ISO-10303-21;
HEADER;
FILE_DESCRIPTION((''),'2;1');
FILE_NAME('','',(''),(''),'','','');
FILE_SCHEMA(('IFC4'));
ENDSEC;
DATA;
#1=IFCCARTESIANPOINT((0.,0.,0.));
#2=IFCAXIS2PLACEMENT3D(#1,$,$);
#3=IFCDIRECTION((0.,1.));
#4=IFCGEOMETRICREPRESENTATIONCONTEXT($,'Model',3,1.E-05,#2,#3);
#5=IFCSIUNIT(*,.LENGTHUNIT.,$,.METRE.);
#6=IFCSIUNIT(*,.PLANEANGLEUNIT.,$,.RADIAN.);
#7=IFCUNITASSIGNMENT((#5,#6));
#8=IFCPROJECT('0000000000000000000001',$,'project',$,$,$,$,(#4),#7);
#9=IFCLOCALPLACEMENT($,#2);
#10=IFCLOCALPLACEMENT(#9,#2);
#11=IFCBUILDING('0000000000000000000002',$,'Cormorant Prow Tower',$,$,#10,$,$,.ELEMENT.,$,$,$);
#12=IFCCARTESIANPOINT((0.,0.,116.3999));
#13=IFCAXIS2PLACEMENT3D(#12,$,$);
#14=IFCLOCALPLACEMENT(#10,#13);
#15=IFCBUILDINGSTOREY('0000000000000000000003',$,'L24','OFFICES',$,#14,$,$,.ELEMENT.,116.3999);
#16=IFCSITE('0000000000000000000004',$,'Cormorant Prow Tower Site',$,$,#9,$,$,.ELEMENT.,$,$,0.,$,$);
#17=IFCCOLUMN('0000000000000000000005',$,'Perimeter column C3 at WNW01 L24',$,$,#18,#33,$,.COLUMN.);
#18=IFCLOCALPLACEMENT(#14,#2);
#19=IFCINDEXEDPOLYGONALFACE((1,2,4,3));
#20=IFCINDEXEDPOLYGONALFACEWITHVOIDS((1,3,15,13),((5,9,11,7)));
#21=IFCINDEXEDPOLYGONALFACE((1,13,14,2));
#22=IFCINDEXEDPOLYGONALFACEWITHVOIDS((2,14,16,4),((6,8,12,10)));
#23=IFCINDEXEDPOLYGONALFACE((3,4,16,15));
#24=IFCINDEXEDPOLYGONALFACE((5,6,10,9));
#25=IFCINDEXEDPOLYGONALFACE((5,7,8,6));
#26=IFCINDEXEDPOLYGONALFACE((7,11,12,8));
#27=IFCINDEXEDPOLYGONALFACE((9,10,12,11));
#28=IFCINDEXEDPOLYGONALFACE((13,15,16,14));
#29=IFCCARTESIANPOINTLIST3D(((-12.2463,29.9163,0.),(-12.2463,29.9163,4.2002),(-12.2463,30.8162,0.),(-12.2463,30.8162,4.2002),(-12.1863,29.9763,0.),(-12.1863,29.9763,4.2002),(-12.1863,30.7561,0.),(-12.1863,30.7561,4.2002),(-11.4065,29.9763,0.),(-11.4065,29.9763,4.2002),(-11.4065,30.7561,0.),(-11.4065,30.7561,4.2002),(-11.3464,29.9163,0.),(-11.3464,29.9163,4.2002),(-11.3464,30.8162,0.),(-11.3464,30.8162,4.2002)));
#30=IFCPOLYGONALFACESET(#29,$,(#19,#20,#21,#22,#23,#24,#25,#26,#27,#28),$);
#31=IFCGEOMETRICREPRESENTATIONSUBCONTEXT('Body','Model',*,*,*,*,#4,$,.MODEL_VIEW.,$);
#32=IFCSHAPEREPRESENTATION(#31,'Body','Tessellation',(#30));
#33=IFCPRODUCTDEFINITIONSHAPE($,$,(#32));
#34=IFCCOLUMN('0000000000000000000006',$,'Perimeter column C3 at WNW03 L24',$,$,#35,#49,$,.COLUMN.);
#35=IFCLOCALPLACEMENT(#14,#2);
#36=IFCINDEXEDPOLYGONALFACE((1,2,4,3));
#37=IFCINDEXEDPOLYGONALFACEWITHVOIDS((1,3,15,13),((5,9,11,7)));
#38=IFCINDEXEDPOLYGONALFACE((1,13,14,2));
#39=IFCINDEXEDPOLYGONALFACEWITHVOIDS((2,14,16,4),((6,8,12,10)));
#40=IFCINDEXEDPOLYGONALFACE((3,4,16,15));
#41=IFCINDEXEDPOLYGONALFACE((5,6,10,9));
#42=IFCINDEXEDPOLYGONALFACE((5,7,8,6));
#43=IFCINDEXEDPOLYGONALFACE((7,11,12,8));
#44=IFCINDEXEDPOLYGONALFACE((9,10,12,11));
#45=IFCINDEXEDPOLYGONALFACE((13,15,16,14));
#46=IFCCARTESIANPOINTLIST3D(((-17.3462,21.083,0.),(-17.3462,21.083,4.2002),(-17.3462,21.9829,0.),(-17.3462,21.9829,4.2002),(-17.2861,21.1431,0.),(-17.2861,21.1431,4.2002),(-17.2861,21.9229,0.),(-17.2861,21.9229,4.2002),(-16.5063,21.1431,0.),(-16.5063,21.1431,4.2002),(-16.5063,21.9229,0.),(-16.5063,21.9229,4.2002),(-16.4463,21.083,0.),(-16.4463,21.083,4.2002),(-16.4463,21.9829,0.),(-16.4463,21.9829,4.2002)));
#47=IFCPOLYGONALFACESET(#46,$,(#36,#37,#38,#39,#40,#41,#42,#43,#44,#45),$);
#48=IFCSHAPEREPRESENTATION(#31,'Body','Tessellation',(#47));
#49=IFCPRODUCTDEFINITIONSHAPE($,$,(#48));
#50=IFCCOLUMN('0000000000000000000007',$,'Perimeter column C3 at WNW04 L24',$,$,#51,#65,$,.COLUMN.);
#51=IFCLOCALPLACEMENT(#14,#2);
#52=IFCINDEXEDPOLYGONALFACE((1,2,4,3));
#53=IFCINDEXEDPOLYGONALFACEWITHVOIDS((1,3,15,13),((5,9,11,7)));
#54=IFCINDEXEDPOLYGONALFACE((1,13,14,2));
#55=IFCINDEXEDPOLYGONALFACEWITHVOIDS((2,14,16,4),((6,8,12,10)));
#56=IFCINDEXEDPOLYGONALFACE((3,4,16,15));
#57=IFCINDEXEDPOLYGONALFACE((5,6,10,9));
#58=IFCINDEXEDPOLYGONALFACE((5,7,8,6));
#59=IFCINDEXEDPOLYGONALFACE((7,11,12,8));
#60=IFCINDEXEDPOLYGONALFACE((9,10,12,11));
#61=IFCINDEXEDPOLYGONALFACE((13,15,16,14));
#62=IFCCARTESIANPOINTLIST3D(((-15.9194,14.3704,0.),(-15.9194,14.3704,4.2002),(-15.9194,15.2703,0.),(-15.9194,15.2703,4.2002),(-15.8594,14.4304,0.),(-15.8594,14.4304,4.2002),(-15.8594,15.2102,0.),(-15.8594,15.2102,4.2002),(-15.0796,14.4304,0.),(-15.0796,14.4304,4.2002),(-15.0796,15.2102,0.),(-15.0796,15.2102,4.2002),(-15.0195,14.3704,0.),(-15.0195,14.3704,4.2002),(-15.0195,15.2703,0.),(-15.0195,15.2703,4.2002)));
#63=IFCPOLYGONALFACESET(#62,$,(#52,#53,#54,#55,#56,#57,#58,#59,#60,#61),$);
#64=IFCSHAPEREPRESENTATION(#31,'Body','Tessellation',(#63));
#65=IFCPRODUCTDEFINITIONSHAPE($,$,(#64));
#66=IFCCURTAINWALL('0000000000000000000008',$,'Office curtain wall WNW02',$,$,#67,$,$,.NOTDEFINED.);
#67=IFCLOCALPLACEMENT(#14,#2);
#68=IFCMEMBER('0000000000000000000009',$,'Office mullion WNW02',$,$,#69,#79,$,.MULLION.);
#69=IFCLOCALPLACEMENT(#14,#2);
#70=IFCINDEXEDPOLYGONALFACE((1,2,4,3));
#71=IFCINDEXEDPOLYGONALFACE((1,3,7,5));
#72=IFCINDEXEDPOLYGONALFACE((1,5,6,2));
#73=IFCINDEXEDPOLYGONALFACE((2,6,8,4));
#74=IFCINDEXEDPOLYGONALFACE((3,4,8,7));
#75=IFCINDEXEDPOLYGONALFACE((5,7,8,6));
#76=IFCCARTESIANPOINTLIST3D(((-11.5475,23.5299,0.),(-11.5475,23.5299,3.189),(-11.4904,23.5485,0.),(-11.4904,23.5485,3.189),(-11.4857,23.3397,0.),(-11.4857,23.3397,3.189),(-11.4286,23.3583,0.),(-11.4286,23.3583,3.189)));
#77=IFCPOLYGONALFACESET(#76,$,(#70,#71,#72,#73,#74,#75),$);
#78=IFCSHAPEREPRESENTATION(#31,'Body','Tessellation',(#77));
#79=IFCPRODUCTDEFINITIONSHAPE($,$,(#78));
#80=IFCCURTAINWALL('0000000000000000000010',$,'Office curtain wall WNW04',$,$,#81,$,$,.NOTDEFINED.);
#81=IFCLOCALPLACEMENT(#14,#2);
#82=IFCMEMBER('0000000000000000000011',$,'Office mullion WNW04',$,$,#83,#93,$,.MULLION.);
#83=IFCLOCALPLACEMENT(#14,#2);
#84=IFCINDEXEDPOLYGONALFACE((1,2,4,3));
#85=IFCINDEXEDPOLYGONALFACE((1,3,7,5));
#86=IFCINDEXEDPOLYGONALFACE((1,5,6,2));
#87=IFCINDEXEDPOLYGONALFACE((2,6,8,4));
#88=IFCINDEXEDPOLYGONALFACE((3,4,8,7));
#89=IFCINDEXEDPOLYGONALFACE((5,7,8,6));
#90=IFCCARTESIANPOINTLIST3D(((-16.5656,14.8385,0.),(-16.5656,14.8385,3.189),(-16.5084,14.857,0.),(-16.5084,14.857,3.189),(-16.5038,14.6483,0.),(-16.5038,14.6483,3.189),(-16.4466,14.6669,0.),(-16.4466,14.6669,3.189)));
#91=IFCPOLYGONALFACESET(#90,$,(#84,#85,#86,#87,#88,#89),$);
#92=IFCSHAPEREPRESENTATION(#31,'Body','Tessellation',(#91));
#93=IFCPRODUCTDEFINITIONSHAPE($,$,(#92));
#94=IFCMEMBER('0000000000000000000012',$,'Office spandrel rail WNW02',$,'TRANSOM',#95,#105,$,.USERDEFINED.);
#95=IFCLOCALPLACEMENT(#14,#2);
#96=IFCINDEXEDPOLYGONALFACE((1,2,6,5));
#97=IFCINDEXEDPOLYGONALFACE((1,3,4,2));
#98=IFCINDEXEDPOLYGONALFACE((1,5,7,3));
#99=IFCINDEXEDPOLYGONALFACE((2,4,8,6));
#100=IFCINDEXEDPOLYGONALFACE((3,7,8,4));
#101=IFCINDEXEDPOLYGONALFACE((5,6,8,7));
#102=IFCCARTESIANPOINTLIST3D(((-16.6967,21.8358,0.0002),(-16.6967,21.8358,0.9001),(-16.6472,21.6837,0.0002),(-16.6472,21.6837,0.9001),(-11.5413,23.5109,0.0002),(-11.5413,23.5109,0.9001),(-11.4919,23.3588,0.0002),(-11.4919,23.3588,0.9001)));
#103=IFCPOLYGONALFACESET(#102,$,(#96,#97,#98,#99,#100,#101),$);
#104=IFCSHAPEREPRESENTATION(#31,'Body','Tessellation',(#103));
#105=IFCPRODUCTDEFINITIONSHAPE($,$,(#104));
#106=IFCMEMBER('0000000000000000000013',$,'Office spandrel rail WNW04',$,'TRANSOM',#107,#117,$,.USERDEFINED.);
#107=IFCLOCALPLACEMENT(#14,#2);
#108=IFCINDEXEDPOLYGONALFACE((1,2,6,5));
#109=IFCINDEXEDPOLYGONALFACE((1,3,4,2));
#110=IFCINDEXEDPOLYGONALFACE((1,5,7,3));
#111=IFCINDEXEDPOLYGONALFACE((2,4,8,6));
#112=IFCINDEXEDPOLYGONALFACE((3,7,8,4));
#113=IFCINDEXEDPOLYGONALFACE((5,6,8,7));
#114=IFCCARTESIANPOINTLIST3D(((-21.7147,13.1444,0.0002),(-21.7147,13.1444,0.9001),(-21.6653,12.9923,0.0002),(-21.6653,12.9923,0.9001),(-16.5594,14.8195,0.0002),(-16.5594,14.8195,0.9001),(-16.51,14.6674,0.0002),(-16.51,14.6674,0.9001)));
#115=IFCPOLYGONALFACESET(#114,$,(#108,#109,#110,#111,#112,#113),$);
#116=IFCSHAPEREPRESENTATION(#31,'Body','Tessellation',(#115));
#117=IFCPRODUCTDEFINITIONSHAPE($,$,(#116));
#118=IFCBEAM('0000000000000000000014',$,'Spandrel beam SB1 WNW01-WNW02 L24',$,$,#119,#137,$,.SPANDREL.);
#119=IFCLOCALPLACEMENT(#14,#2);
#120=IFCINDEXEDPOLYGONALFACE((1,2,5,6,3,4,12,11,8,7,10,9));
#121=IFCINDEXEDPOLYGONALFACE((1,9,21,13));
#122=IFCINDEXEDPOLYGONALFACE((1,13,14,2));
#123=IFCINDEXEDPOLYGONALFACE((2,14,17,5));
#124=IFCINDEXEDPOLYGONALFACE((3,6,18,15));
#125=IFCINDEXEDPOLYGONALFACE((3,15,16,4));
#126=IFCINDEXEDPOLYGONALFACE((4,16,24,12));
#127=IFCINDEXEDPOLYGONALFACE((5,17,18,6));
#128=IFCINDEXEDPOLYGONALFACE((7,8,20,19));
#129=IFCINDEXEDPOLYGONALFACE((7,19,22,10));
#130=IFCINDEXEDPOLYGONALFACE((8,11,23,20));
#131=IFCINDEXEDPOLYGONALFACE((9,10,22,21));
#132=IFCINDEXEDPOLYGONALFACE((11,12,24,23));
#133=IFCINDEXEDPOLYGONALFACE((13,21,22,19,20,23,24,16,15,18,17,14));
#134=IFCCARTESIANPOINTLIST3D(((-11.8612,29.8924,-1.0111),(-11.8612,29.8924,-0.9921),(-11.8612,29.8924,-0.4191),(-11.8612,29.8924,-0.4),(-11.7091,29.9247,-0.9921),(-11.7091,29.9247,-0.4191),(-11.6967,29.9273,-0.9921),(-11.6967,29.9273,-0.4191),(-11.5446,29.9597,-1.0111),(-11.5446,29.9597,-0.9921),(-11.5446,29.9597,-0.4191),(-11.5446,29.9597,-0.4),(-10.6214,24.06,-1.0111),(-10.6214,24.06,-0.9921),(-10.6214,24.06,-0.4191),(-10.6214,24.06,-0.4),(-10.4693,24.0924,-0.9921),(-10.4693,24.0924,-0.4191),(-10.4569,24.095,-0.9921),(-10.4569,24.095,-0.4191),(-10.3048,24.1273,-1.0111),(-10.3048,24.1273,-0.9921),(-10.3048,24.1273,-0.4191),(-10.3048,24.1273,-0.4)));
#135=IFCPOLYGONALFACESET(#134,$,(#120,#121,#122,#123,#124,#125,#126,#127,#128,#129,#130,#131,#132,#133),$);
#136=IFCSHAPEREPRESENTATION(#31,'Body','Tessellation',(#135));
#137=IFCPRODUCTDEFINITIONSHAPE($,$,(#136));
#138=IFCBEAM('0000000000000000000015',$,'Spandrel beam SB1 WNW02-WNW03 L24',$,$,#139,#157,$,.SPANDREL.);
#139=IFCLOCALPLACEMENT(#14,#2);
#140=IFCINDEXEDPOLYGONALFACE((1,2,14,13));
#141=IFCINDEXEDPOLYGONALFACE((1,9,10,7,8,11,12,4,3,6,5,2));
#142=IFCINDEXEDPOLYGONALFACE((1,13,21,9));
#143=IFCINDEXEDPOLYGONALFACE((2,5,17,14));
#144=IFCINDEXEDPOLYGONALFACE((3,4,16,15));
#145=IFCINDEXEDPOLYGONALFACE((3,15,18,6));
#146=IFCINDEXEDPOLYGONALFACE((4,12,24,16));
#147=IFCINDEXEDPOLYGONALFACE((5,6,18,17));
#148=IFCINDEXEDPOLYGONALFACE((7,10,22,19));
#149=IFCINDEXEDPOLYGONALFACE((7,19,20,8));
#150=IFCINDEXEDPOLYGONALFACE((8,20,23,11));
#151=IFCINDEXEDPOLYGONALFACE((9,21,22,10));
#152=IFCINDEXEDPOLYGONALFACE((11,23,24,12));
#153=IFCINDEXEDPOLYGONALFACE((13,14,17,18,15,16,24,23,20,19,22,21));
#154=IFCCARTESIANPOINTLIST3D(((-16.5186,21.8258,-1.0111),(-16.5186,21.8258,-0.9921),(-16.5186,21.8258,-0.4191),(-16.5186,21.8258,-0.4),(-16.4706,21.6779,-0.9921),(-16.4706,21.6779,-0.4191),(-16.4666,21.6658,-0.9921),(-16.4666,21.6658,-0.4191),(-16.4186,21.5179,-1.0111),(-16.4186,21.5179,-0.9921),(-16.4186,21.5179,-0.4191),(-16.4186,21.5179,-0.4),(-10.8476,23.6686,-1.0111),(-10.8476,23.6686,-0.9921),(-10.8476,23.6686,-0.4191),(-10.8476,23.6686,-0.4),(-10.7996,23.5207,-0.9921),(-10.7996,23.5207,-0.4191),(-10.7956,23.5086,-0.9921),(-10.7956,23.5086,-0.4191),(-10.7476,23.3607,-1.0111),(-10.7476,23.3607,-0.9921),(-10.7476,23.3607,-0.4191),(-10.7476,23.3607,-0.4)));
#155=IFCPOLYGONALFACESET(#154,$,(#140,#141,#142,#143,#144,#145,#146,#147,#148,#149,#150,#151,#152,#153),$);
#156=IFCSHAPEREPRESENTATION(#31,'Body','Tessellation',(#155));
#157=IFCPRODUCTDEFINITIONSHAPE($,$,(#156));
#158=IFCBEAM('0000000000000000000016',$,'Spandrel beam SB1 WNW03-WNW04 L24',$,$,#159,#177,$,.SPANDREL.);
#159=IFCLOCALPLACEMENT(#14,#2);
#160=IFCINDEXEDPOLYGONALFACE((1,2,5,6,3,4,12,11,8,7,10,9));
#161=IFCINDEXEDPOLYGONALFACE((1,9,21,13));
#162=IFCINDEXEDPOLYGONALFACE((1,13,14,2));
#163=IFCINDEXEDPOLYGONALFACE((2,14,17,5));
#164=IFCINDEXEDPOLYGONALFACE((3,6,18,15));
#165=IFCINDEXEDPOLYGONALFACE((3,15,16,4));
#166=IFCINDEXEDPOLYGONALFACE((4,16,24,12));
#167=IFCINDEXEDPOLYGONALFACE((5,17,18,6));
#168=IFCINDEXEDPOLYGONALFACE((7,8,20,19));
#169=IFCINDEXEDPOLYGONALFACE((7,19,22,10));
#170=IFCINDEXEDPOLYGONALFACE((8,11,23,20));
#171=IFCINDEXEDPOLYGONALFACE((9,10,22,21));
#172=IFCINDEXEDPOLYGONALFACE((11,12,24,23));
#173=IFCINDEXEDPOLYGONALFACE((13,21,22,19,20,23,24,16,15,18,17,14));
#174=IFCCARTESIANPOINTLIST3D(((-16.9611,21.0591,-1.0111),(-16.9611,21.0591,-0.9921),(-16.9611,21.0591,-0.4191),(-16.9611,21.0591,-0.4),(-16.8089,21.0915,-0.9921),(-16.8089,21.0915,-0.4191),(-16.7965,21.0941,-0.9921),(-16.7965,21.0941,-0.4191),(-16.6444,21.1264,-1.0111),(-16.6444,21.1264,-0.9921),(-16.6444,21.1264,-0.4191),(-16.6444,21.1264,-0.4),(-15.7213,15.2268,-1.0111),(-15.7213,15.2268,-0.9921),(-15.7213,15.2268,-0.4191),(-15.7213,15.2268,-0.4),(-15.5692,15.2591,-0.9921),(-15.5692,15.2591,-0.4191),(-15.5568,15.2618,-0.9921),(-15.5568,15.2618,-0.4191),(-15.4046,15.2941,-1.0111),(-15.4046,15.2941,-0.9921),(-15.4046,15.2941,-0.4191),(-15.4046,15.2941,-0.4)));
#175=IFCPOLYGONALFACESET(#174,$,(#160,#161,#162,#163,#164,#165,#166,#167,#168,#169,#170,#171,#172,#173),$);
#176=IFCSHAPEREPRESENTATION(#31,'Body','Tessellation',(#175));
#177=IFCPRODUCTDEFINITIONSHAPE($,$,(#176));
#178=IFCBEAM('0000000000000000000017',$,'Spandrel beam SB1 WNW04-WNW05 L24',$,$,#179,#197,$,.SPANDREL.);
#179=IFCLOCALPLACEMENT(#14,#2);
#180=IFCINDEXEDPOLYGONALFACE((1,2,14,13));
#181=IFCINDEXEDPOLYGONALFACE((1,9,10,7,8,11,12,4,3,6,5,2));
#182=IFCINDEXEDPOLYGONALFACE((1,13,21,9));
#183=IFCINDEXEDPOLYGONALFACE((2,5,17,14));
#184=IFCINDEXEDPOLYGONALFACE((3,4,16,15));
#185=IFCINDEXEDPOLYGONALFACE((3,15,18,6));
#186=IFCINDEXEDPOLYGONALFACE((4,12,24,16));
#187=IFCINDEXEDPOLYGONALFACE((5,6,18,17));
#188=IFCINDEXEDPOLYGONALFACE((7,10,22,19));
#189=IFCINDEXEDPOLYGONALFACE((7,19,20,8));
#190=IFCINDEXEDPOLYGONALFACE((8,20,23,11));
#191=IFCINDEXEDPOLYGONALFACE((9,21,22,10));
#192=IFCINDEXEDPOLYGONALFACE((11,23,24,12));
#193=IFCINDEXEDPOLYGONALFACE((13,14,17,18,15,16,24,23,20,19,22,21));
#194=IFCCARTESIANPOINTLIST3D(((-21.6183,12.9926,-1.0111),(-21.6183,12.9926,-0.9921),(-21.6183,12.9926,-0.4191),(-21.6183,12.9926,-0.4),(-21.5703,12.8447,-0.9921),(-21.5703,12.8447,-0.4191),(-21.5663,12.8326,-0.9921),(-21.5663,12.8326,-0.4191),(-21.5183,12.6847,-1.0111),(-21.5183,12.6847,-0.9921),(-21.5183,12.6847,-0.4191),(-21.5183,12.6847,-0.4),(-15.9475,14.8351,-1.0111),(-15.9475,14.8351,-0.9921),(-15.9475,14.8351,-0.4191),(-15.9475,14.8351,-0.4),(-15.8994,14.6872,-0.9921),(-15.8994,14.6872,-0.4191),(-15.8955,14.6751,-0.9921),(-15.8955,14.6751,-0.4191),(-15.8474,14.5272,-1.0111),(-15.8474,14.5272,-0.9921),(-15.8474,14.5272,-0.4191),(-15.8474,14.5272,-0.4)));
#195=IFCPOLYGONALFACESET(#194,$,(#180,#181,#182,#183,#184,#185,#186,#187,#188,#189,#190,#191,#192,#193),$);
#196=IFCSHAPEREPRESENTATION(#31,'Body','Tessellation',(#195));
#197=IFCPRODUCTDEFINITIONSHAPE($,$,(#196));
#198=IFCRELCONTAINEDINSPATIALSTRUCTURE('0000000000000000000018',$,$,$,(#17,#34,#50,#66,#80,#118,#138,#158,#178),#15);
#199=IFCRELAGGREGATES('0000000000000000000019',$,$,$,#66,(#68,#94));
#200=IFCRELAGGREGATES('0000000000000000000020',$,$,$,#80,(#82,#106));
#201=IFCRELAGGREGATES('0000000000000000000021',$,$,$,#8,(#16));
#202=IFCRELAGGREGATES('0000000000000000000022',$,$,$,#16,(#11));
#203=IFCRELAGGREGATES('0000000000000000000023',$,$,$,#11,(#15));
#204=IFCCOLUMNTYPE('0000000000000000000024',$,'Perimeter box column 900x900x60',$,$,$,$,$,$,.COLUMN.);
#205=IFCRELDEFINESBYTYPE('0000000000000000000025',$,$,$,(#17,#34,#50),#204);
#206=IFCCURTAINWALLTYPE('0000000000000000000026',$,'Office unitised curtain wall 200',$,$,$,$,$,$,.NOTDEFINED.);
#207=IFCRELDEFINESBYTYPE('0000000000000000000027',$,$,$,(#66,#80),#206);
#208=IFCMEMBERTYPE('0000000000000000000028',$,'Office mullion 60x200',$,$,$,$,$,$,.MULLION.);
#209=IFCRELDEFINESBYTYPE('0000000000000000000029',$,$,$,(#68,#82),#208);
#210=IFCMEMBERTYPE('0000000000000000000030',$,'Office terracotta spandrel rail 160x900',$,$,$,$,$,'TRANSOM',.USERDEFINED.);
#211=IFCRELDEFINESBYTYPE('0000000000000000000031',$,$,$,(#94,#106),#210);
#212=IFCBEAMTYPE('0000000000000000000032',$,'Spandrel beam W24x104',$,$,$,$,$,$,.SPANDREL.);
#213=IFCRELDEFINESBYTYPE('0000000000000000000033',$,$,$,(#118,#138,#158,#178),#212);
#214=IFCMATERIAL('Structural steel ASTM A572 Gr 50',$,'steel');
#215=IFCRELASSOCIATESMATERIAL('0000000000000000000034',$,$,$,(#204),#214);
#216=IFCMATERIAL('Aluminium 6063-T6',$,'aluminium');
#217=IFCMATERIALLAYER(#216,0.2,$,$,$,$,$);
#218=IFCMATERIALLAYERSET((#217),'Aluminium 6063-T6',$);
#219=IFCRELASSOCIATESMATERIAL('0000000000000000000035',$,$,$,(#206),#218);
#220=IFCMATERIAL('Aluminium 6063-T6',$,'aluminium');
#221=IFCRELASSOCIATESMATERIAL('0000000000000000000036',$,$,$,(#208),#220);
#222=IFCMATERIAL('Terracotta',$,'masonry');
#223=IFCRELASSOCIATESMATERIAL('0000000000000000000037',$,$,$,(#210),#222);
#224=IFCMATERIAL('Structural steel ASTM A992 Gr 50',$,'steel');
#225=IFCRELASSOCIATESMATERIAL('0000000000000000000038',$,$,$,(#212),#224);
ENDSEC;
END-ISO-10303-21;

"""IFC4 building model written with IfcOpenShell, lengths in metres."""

from ifc_helpers import new_model, si_unit, direction, frame, origin, origin_2d, place, context, subcontext, project, spatial, rectangle, hollow_rectangle, i_section, extrude, material, layer, layer_set, material_profile, profile_set, type_object, element, aggregate, save


model = new_model("IFC4")

# Units and contexts
model_context = context("Model", 3, precision=1e-05, world=origin(), true_north=direction((0.0, 1.0)))
body_context = subcontext(model_context, "Body", "Model", "MODEL_VIEW")
ifc_project = project(units=[si_unit("LENGTHUNIT", "METRE"), si_unit("PLANEANGLEUNIT", "RADIAN")], contexts=[model_context])

# Site, building, storey
site_placement = place(None, origin())
site = spatial("IfcSite", under=ifc_project, at=site_placement, Name="Cormorant Prow Tower Site", CompositionType="ELEMENT", RefElevation=0.0)
building_placement = place(site_placement, origin())
building = spatial("IfcBuilding", under=site, at=building_placement, Name="Cormorant Prow Tower", CompositionType="ELEMENT")
storey_placement = place(building_placement, frame((0.0, 0.0, 116.3999)))
storey = spatial("IfcBuildingStorey", under=building, at=storey_placement, Name="L24", Description="OFFICES", CompositionType="ELEMENT", Elevation=116.3999)

# Columns
ifc_material_1 = material(Name="Structural steel ASTM A572 Gr 50", Category="steel")
ifc_material_profile_1 = material_profile(ifc_material_1, hollow_rectangle(XDim=0.8999, YDim=0.8999, WallThickness=0.0601, at=origin_2d()), Name="Box 900x900x60")
ifc_profile_set_1 = profile_set([ifc_material_profile_1], Name="Structural steel ASTM A572 Gr 50")
column_type = type_object("IfcColumnType", Name="Perimeter box column 900x900x60", PredefinedType="COLUMN", material=ifc_profile_set_1)
for number, where, z_axis, x_axis, name in (
    (1, (-11.7964, 30.3662, 0.0), (0.0, 0.0, 1.0), (1.0, 0.0, 0.0), "Perimeter column C3 at WNW01 L24"),
    (2, (-16.8962, 21.533, 0.0), (0.0, 0.0, 1.0), (1.0, 0.0, 0.0), "Perimeter column C3 at WNW03 L24"),
    (3, (-15.4695, 14.8203, 0.0), (0.0, 0.0, 1.0), (1.0, 0.0, 0.0), "Perimeter column C3 at WNW04 L24"),
):
    element("IfcColumn", number, at=place(storey_placement, frame(where, z_axis=z_axis, x_axis=x_axis)), inside=storey, type_object=column_type, Name=name, PredefinedType="COLUMN", context=body_context, shape_type="SweptSolid", body=[
        extrude(hollow_rectangle(XDim=0.8999, YDim=0.8999, WallThickness=0.0601, at=origin_2d()), origin(), (0.0, 0.0, 1.0), 4.2002),
    ])

# Curtain walls, members
ifc_material_2 = material(Name="Aluminium 6063-T6", Category="aluminium")
ifc_layer_1 = layer(ifc_material_2, 0.2)
ifc_layer_set_1 = layer_set([ifc_layer_1], Name="Aluminium 6063-T6")
curtain_wall_type = type_object("IfcCurtainWallType", Name="Office unitised curtain wall 200", PredefinedType="NOTDEFINED", material=ifc_layer_set_1)
curtain_wall_1_placement = place(storey_placement, origin())
curtain_wall_1 = element("IfcCurtainWall", 4, at=curtain_wall_1_placement, inside=storey, type_object=curtain_wall_type, Name="Office curtain wall WNW02", PredefinedType="NOTDEFINED")
ifc_material_3 = material(Name="Aluminium 6063-T6", Category="aluminium")
ifc_material_profile_2 = material_profile(ifc_material_3, rectangle(XDim=0.2, YDim=0.0601, at=origin_2d()), Name="Office mullion 60x200")
ifc_profile_set_2 = profile_set([ifc_material_profile_2], Name="Aluminium 6063-T6")
member_type_1 = type_object("IfcMemberType", Name="Office mullion 60x200", PredefinedType="MULLION", material=ifc_profile_set_2)
member_1_placement = place(storey_placement, frame((-11.488, 23.4441, 0.0), z_axis=(0.0, 0.0, 1.0), x_axis=(0.309017, -0.951057, 0.0)))
member_1 = element("IfcMember", 5, at=member_1_placement, type_object=member_type_1, Name="Office mullion WNW02", PredefinedType="MULLION", context=body_context, shape_type="SweptSolid", body=[
    extrude(rectangle(XDim=0.2, YDim=0.0601, at=origin_2d()), origin(), (0.0, 0.0, 1.0), 3.189),
])
curtain_wall_2_placement = place(storey_placement, origin())
curtain_wall_2 = element("IfcCurtainWall", 6, at=curtain_wall_2_placement, inside=storey, type_object=curtain_wall_type, Name="Office curtain wall WNW04", PredefinedType="NOTDEFINED")
member_2_placement = place(storey_placement, frame((-16.5061, 14.7527, 0.0), z_axis=(0.0, 0.0, 1.0), x_axis=(0.309017, -0.951057, 0.0)))
member_2 = element("IfcMember", 7, at=member_2_placement, type_object=member_type_1, Name="Office mullion WNW04", PredefinedType="MULLION", context=body_context, shape_type="SweptSolid", body=[
    extrude(rectangle(XDim=0.2, YDim=0.0601, at=origin_2d()), origin(), (0.0, 0.0, 1.0), 3.189),
])

# Members
ifc_material_4 = material(Name="Terracotta", Category="masonry")
ifc_material_profile_3 = material_profile(ifc_material_4, rectangle(XDim=0.1599, YDim=0.8999, at=origin_2d()), Name="Office terracotta spandrel rail 160x900")
ifc_profile_set_3 = profile_set([ifc_material_profile_3], Name="Terracotta")
member_type_2 = type_object("IfcMemberType", Name="Office terracotta spandrel rail 160x900", ElementType="TRANSOM", PredefinedType="USERDEFINED", material=ifc_profile_set_3)
member_3_placement = place(storey_placement, frame((-11.5166, 23.4348, 0.4502), z_axis=(-0.951057, -0.309017, 0.0), x_axis=(0.309017, -0.951057, 0.0)))
member_3 = element("IfcMember", 8, at=member_3_placement, type_object=member_type_2, Name="Office spandrel rail WNW02", ObjectType="TRANSOM", PredefinedType="USERDEFINED", context=body_context, shape_type="SweptSolid", body=[
    extrude(rectangle(XDim=0.1599, YDim=0.8999, at=origin_2d()), origin(), (0.0, 0.0, 1.0), 5.4207),
])
member_4_placement = place(storey_placement, frame((-16.5347, 14.7434, 0.4502), z_axis=(-0.951057, -0.309017, 0.0), x_axis=(0.309017, -0.951057, 0.0)))
member_4 = element("IfcMember", 9, at=member_4_placement, type_object=member_type_2, Name="Office spandrel rail WNW04", ObjectType="TRANSOM", PredefinedType="USERDEFINED", context=body_context, shape_type="SweptSolid", body=[
    extrude(rectangle(XDim=0.1599, YDim=0.8999, at=origin_2d()), origin(), (0.0, 0.0, 1.0), 5.4207),
])

# Beams
ifc_material_5 = material(Name="Structural steel ASTM A992 Gr 50", Category="steel")
ifc_material_profile_4 = material_profile(ifc_material_5, i_section(OverallWidth=0.3237, OverallDepth=0.6111, WebThickness=0.0127, FlangeThickness=0.019, at=origin_2d()), Name="W24x104")
ifc_profile_set_4 = profile_set([ifc_material_profile_4], Name="Structural steel ASTM A992 Gr 50")
beam_type = type_object("IfcBeamType", Name="Spandrel beam W24x104", PredefinedType="SPANDREL", material=ifc_profile_set_4)
beam_1_placement = place(storey_placement, frame((-11.7029, 29.926, -0.7056), z_axis=(0.207921, -0.978146, 0.0), x_axis=(0.978146, 0.207921, 0.0)))
element("IfcBeam", 10, at=beam_1_placement, inside=storey, type_object=beam_type, Name="Spandrel beam SB1 WNW01-WNW02 L24", PredefinedType="SPANDREL", context=body_context, shape_type="SweptSolid", body=[
    extrude(i_section(OverallWidth=0.3237, OverallDepth=0.6111, WebThickness=0.0127, FlangeThickness=0.019, at=origin_2d()), origin(), (0.0, 0.0, 1.0), 5.9626),
])
beam_2_placement = place(storey_placement, frame((-10.7976, 23.5146, -0.7056), z_axis=(-0.951047, -0.309045, 0.0), x_axis=(0.309045, -0.951047, 0.0)))
element("IfcBeam", 11, at=beam_2_placement, inside=storey, type_object=beam_type, Name="Spandrel beam SB1 WNW02-WNW03 L24", PredefinedType="SPANDREL", context=body_context, shape_type="SweptSolid", body=[
    extrude(i_section(OverallWidth=0.3237, OverallDepth=0.6111, WebThickness=0.0127, FlangeThickness=0.019, at=origin_2d()), origin(), (0.0, 0.0, 1.0), 5.9629),
])
for number, where, z_axis, x_axis, name in (
    (12, (-16.8027, 21.0928, -0.7056), (0.207921, -0.978146, 0.0), (0.978146, 0.207921, 0.0), "Spandrel beam SB1 WNW03-WNW04 L24"),
    (13, (-15.8975, 14.6812, -0.7056), (-0.951059, -0.309008, 0.0), (0.309008, -0.951059, 0.0), "Spandrel beam SB1 WNW04-WNW05 L24"),
):
    element("IfcBeam", number, at=place(storey_placement, frame(where, z_axis=z_axis, x_axis=x_axis)), inside=storey, type_object=beam_type, Name=name, PredefinedType="SPANDREL", context=body_context, shape_type="SweptSolid", body=[
        extrude(i_section(OverallWidth=0.3237, OverallDepth=0.6111, WebThickness=0.0127, FlangeThickness=0.019, at=origin_2d()), origin(), (0.0, 0.0, 1.0), 5.9626),
    ])

aggregate(curtain_wall_1, [member_1, member_3])
aggregate(curtain_wall_2, [member_2, member_4])

save(model, "model.ifc")
